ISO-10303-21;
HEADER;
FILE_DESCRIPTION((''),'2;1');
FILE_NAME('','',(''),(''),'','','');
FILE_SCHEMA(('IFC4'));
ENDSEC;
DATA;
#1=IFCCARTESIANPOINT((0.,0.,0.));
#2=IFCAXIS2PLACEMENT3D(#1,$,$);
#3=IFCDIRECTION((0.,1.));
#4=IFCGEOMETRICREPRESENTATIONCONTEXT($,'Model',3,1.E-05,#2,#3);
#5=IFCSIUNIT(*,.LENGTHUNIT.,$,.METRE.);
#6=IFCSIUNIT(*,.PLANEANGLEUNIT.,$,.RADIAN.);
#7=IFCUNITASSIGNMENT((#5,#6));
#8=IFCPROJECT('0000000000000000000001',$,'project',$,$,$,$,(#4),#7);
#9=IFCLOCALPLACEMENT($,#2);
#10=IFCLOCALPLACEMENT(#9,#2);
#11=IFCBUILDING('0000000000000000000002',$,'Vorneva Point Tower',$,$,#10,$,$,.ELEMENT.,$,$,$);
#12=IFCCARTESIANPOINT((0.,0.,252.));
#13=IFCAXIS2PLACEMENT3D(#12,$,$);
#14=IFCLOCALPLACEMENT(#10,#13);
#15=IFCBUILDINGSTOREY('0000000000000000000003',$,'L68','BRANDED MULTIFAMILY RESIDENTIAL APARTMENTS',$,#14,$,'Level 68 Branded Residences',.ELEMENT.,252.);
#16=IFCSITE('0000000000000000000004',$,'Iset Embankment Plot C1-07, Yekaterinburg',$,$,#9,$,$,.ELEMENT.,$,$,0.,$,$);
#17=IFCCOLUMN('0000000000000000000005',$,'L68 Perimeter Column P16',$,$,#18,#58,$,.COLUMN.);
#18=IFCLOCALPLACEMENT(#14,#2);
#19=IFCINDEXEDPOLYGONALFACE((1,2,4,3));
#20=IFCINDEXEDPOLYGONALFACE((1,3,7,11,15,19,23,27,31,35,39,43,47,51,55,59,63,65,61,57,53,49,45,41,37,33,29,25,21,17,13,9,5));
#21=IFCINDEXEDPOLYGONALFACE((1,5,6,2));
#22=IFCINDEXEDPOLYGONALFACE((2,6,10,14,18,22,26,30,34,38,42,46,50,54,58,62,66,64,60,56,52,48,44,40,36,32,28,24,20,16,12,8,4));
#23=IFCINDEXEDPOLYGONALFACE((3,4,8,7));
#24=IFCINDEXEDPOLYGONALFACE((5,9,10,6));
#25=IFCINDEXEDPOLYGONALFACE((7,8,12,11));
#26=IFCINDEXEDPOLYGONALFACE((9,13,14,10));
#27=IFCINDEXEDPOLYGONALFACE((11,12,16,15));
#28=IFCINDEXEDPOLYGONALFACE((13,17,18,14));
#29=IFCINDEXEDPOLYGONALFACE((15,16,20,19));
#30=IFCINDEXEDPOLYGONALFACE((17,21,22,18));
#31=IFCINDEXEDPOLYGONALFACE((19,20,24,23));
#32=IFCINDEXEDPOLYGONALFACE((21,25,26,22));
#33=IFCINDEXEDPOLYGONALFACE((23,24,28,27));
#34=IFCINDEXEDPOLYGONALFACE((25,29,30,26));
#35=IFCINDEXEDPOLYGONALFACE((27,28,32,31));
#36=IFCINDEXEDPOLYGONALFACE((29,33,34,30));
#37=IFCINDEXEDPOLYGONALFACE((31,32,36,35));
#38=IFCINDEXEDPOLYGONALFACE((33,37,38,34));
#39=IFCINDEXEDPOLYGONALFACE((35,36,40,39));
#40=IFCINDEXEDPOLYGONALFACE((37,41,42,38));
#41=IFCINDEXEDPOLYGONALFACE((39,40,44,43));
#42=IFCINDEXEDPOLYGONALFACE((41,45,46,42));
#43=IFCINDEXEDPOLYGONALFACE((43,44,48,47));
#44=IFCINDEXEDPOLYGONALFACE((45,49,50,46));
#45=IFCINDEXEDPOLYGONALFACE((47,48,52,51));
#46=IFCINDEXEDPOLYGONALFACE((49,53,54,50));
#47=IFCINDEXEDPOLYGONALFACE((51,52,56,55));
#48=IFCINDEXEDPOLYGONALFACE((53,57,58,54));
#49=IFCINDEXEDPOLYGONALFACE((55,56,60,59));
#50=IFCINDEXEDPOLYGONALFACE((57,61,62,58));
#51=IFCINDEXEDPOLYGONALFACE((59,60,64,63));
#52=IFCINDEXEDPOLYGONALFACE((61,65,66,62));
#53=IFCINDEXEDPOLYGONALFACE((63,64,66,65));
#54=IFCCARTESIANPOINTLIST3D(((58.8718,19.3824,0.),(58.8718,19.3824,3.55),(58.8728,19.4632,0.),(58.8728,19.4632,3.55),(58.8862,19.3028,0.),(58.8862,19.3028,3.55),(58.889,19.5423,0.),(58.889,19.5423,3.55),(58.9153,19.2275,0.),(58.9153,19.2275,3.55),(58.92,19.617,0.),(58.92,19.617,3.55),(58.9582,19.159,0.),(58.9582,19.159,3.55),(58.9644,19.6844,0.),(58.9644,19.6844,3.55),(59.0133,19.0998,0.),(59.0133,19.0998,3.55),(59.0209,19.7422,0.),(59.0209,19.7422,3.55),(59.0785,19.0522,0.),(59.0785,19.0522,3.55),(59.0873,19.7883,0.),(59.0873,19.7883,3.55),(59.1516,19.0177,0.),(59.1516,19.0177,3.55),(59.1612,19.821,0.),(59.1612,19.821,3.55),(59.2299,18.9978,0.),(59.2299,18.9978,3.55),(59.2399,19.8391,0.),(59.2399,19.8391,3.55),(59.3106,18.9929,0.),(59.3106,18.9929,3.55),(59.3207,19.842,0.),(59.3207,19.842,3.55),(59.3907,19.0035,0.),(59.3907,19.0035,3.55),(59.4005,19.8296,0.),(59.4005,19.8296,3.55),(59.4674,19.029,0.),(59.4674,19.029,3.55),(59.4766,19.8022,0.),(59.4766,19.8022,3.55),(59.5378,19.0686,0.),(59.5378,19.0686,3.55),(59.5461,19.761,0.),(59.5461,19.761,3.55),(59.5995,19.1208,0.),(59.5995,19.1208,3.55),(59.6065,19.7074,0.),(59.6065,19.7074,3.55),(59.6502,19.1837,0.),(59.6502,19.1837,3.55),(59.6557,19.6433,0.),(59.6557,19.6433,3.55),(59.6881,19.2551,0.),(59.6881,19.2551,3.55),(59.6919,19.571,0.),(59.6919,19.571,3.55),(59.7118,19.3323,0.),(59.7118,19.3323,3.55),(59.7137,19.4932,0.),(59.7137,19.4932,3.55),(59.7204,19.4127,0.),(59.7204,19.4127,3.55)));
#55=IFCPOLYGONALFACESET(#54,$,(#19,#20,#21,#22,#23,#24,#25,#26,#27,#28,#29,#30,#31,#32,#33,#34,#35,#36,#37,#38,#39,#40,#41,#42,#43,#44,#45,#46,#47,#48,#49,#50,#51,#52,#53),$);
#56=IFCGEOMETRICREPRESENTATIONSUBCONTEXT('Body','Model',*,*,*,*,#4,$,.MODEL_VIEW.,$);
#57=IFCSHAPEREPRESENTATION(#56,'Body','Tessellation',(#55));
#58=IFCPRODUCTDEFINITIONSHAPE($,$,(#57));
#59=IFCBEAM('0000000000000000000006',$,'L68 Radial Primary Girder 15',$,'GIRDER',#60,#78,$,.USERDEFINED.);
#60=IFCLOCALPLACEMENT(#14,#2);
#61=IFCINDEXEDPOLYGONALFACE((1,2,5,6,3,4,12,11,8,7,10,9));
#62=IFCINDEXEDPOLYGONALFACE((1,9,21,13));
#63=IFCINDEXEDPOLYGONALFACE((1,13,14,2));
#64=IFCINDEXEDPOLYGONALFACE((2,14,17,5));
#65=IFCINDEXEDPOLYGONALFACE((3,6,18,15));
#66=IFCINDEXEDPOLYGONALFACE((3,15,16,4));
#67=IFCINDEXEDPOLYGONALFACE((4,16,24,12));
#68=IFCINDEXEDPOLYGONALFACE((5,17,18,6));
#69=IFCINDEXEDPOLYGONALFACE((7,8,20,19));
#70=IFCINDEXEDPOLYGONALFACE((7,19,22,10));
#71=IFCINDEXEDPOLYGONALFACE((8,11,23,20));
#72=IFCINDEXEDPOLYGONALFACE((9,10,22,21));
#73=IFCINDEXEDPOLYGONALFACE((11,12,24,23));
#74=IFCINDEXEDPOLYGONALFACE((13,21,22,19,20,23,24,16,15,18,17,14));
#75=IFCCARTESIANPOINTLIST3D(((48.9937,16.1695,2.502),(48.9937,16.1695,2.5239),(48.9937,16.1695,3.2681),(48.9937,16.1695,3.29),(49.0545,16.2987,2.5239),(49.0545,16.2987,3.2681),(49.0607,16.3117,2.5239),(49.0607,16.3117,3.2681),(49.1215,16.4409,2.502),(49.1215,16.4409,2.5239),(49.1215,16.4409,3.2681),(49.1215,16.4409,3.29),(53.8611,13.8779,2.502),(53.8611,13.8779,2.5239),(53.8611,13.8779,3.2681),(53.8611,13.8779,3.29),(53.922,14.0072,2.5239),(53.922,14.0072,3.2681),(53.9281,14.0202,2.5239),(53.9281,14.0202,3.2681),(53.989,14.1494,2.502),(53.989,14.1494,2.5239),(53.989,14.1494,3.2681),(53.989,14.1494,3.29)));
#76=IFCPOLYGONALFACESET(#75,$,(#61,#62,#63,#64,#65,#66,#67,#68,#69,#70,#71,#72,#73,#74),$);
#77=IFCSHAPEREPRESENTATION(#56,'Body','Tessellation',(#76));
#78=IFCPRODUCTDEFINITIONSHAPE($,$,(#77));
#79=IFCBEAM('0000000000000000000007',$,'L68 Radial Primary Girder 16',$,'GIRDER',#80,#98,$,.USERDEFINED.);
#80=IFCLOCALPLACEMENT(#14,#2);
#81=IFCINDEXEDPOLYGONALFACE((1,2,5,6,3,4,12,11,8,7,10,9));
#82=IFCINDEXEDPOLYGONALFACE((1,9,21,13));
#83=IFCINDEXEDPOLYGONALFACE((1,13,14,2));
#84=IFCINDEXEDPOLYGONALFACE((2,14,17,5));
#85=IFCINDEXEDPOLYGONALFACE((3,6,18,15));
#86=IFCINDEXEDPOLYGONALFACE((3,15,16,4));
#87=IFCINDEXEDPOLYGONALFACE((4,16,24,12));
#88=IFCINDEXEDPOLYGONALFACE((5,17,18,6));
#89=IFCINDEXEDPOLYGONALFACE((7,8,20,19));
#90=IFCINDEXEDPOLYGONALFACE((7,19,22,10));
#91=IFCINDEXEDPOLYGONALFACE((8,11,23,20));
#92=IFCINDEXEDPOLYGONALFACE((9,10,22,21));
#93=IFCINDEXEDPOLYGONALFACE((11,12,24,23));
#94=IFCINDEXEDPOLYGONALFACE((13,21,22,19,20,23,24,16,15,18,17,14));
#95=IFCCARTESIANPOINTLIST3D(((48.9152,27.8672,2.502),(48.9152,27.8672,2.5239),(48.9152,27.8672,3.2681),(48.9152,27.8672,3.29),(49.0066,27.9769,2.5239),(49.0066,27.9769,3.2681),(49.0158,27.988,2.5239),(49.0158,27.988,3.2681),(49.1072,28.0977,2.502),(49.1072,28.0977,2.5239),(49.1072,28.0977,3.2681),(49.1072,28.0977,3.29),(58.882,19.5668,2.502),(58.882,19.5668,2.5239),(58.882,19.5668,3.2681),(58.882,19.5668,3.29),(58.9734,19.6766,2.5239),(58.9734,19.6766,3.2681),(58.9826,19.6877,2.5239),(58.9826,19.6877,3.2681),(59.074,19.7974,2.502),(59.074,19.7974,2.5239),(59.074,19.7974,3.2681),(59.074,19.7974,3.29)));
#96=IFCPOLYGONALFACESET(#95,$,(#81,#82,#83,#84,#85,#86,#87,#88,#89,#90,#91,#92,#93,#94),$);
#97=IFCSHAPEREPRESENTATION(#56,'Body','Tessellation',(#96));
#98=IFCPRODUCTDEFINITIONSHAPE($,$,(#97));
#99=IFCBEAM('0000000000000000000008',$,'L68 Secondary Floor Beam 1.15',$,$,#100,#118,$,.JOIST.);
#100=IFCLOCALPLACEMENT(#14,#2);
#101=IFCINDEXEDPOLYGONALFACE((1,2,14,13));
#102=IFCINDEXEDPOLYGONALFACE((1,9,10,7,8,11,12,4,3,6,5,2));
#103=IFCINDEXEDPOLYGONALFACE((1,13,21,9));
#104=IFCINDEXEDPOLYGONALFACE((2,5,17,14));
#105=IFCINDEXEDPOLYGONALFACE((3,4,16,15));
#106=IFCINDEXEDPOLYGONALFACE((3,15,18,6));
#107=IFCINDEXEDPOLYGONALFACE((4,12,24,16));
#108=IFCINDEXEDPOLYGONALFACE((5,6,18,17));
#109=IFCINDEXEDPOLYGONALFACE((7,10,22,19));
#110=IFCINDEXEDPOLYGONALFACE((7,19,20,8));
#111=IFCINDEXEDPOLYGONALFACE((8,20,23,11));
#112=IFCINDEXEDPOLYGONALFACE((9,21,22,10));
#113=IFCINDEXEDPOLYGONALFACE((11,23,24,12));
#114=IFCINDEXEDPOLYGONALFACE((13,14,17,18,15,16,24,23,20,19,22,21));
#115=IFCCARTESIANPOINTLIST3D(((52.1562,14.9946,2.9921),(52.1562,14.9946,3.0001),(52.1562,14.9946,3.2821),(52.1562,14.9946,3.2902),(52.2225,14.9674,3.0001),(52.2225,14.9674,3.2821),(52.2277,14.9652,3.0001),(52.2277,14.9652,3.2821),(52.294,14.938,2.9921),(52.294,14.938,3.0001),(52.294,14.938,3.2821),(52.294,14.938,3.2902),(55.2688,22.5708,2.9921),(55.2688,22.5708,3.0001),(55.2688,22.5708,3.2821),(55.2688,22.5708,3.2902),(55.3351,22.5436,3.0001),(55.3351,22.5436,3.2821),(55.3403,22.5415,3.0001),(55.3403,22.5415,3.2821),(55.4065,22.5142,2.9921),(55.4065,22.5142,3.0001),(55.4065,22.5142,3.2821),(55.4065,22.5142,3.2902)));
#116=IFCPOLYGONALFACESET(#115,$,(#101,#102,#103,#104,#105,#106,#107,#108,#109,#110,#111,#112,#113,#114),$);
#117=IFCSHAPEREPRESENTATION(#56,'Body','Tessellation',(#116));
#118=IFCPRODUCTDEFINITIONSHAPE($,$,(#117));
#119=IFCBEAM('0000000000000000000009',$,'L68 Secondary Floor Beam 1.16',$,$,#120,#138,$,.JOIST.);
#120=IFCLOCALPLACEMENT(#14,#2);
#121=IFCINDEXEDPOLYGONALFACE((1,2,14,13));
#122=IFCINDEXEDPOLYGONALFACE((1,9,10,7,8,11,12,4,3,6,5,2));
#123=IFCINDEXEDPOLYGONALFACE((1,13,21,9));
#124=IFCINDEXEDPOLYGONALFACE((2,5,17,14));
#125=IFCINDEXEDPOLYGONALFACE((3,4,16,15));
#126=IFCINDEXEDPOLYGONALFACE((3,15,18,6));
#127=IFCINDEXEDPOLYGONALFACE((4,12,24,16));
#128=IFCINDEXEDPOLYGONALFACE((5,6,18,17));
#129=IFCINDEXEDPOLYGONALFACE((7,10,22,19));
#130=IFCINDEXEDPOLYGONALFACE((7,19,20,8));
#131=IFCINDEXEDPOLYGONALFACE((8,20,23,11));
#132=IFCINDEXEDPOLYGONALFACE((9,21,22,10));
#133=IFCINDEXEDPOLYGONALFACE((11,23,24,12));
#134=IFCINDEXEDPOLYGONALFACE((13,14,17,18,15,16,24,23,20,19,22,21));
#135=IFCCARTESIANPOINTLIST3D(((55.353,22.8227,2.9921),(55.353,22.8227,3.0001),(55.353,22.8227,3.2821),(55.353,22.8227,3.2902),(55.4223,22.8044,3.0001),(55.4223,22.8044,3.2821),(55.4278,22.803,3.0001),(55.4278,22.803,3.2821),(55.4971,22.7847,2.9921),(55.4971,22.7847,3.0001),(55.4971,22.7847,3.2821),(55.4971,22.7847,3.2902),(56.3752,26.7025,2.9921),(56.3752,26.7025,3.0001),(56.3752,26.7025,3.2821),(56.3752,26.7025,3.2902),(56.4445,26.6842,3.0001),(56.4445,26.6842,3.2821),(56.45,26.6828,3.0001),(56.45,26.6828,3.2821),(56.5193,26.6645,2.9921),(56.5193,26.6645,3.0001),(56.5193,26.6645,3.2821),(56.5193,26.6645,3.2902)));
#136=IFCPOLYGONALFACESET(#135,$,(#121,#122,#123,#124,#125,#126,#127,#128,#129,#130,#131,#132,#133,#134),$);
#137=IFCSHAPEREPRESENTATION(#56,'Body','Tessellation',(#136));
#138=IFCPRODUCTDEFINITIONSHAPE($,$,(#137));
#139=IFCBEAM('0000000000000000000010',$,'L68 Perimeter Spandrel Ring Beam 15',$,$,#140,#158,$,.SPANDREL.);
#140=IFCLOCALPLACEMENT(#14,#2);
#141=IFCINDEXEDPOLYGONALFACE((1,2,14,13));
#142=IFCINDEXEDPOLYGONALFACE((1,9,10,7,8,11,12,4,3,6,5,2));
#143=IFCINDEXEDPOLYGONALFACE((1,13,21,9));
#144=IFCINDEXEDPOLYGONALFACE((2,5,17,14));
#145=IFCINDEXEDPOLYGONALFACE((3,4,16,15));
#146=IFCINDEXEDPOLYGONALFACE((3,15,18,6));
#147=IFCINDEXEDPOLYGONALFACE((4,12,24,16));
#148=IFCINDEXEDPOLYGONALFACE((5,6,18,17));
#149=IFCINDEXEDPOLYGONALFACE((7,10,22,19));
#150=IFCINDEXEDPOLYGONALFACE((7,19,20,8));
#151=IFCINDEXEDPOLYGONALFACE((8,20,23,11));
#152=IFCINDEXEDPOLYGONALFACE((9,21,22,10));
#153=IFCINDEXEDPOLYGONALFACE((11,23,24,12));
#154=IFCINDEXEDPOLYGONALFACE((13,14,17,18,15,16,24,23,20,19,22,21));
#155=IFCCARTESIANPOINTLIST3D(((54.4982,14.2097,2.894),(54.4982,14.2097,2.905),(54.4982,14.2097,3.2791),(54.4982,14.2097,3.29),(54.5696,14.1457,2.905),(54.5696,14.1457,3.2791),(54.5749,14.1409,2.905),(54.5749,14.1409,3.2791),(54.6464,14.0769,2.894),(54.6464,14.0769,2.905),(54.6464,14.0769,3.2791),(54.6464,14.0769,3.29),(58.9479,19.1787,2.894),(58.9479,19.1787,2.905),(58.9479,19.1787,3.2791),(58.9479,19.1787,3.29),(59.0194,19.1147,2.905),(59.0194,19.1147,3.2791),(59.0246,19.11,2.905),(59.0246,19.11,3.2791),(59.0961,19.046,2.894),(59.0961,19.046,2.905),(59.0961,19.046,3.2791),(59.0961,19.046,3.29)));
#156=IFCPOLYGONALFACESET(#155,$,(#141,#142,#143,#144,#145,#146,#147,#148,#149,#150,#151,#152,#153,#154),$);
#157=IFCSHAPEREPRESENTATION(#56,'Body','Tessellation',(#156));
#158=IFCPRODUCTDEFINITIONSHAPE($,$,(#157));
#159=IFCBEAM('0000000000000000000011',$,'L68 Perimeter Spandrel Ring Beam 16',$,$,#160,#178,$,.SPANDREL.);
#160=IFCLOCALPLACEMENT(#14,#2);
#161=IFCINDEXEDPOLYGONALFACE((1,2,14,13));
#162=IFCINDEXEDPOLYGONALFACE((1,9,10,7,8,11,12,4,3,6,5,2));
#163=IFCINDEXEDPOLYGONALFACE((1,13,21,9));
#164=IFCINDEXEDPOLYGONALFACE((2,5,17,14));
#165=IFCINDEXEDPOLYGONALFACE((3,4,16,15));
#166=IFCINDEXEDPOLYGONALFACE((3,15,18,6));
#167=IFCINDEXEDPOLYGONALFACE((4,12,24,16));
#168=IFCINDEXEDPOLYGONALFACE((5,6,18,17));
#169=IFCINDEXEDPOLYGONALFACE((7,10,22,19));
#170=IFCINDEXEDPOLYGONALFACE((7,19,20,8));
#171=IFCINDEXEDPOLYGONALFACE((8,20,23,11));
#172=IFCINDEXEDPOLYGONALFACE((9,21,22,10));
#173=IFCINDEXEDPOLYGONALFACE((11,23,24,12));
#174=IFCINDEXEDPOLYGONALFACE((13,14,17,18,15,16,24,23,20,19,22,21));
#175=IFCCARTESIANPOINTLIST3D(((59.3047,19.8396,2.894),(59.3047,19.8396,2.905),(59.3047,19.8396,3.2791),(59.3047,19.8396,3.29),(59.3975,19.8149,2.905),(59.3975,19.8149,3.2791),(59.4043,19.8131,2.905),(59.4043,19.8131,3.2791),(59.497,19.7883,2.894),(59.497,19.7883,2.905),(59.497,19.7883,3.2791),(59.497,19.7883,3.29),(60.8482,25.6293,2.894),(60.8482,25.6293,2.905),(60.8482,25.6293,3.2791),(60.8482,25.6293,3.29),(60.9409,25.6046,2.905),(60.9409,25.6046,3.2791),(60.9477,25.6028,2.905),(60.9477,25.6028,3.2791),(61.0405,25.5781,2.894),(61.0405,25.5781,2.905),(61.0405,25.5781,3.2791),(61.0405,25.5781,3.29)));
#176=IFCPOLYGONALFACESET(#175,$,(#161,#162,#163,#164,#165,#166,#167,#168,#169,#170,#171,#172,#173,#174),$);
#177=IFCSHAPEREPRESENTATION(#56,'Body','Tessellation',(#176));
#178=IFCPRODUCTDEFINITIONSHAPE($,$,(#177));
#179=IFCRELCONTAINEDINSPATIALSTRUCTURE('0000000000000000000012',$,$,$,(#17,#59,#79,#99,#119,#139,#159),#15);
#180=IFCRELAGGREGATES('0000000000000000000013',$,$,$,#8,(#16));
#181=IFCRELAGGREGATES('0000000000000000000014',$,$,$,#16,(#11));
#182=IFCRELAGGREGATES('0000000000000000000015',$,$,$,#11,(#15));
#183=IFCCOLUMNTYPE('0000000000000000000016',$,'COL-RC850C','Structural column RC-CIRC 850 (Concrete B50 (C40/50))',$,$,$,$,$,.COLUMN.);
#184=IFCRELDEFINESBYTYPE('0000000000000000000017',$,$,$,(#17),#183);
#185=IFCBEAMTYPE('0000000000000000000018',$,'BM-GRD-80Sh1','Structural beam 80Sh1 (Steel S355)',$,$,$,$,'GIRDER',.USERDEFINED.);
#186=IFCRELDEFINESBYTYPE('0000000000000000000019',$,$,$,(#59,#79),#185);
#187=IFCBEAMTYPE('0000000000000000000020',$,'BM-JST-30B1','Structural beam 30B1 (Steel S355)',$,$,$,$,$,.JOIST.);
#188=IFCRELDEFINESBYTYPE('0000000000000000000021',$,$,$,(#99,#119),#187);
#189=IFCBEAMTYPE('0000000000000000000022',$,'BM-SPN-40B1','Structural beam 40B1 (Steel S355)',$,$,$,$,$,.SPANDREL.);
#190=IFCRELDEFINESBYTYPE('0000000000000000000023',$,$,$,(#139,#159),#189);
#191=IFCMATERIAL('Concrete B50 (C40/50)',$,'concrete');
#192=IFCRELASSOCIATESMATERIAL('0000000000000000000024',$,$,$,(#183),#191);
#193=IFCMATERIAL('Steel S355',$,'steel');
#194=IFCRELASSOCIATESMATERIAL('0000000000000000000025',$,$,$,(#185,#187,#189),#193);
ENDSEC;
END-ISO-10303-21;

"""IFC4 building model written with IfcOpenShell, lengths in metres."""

from ifc_helpers import new_model, si_unit, direction, frame, origin, origin_2d, place, context, subcontext, project, spatial, circle, i_section, extrude, material, material_profile, profile_set, type_object, element, save


model = new_model("IFC4")

# Units and contexts
model_context = context("Model", 3, precision=1e-05, world=origin(), true_north=direction((0.0, 1.0)))
body_context = subcontext(model_context, "Body", "Model", "MODEL_VIEW")
ifc_project = project(units=[si_unit("LENGTHUNIT", "METRE"), si_unit("PLANEANGLEUNIT", "RADIAN")], contexts=[model_context])

# Site, building, storey
site_placement = place(None, origin())
site = spatial("IfcSite", under=ifc_project, at=site_placement, Name="Iset Embankment Plot C1-07, Yekaterinburg", CompositionType="ELEMENT", RefElevation=0.0)
building_placement = place(site_placement, origin())
building = spatial("IfcBuilding", under=site, at=building_placement, Name="Vorneva Point Tower", CompositionType="ELEMENT")
storey_placement = place(building_placement, frame((0.0, 0.0, 252.0)))
storey = spatial("IfcBuildingStorey", under=building, at=storey_placement, Name="L68", Description="BRANDED MULTIFAMILY RESIDENTIAL APARTMENTS", LongName="Level 68 Branded Residences", CompositionType="ELEMENT", Elevation=252.0)

# Column
ifc_material_1 = material(Name="Concrete B50 (C40/50)", Category="concrete")
ifc_material_profile_1 = material_profile(ifc_material_1, circle(Radius=0.425, at=origin_2d()), Name="RC-CIRC 850")
ifc_profile_set_1 = profile_set([ifc_material_profile_1], Name="Concrete B50 (C40/50)")
column_type = type_object("IfcColumnType", Name="COL-RC850C", Description="Structural column RC-CIRC 850 (Concrete B50 (C40/50))", PredefinedType="COLUMN", material=ifc_profile_set_1)
for number, where, z_axis, x_axis, name in (
    (1, (59.2954, 19.4177, 0.0), (0.0, 0.0, 1.0), (0.92388, -0.382683, 0.0), "L68 Perimeter Column P16"),
):
    element("IfcColumn", number, at=place(storey_placement, frame(where, z_axis=z_axis, x_axis=x_axis)), inside=storey, type_object=column_type, Name=name, PredefinedType="COLUMN", context=body_context, shape_type="SweptSolid", body=[
        extrude(circle(Radius=0.425, at=origin_2d()), origin(), (0.0, 0.0, 1.0), 3.55),
    ])

# Beams
ifc_material_2 = material(Name="Steel S355", Category="steel")
ifc_material_profile_2 = material_profile(ifc_material_2, i_section(OverallWidth=0.3, OverallDepth=0.7881, WebThickness=0.0144, FlangeThickness=0.022, at=origin_2d()), Name="80Sh1")
ifc_profile_set_2 = profile_set([ifc_material_profile_2], Name="Steel S355")
beam_type_1 = type_object("IfcBeamType", Name="BM-GRD-80Sh1", Description="Structural beam 80Sh1 (Steel S355)", ElementType="GIRDER", PredefinedType="USERDEFINED", material=ifc_profile_set_2)
beam_1_placement = place(storey_placement, frame((53.925, 14.0137, 2.896), z_axis=(-0.904751, 0.425941, 0.0), x_axis=(-0.425941, -0.904751, 0.0)))
element("IfcBeam", 2, at=beam_1_placement, inside=storey, type_object=beam_type_1, Name="L68 Radial Primary Girder 15", ObjectType="GIRDER", PredefinedType="USERDEFINED", context=body_context, shape_type="SweptSolid", body=[
    extrude(i_section(OverallWidth=0.3, OverallDepth=0.7881, WebThickness=0.0144, FlangeThickness=0.022, at=origin_2d()), origin(), (0.0, 0.0, 1.0), 5.3799),
])
beam_2_placement = place(storey_placement, frame((58.978, 19.6821, 2.896), z_axis=(-0.768425, 0.63994, 0.0), x_axis=(-0.63994, -0.768425, 0.0)))
element("IfcBeam", 3, at=beam_2_placement, inside=storey, type_object=beam_type_1, Name="L68 Radial Primary Girder 16", ObjectType="GIRDER", PredefinedType="USERDEFINED", context=body_context, shape_type="SweptSolid", body=[
    extrude(i_section(OverallWidth=0.3, OverallDepth=0.7881, WebThickness=0.0144, FlangeThickness=0.022, at=origin_2d()), origin(), (0.0, 0.0, 1.0), 12.9705),
])
ifc_material_profile_3 = material_profile(ifc_material_2, i_section(OverallWidth=0.1489, OverallDepth=0.2981, WebThickness=0.0056, FlangeThickness=0.0081, at=origin_2d()), Name="30B1")
ifc_profile_set_3 = profile_set([ifc_material_profile_3], Name="Steel S355")
beam_type_2 = type_object("IfcBeamType", Name="BM-JST-30B1", Description="Structural beam 30B1 (Steel S355)", PredefinedType="JOIST", material=ifc_profile_set_3)
beam_3_placement = place(storey_placement, frame((52.2251, 14.9663, 3.1411), z_axis=(0.380014, 0.924981, 0.0), x_axis=(-0.924981, 0.380014, 0.0)))
element("IfcBeam", 4, at=beam_3_placement, inside=storey, type_object=beam_type_2, Name="L68 Secondary Floor Beam 1.15", PredefinedType="JOIST", context=body_context, shape_type="SweptSolid", body=[
    extrude(i_section(OverallWidth=0.1489, OverallDepth=0.2981, WebThickness=0.0056, FlangeThickness=0.0081, at=origin_2d()), origin(), (0.0, 0.0, 1.0), 8.1907),
])
beam_4_placement = place(storey_placement, frame((55.425, 22.8037, 3.1411), z_axis=(0.254772, 0.967001, 0.0), x_axis=(-0.967001, 0.254772, 0.0)))
element("IfcBeam", 5, at=beam_4_placement, inside=storey, type_object=beam_type_2, Name="L68 Secondary Floor Beam 1.16", PredefinedType="JOIST", context=body_context, shape_type="SweptSolid", body=[
    extrude(i_section(OverallWidth=0.1489, OverallDepth=0.2981, WebThickness=0.0056, FlangeThickness=0.0081, at=origin_2d()), origin(), (0.0, 0.0, 1.0), 4.0122),
])
ifc_material_profile_4 = material_profile(ifc_material_2, i_section(OverallWidth=0.199, OverallDepth=0.396, WebThickness=0.0071, FlangeThickness=0.011, at=origin_2d()), Name="40B1")
ifc_profile_set_4 = profile_set([ifc_material_profile_4], Name="Steel S355")
beam_type_3 = type_object("IfcBeamType", Name="BM-SPN-40B1", Description="Structural beam 40B1 (Steel S355)", PredefinedType="SPANDREL", material=ifc_profile_set_4)
beam_5_placement = place(storey_placement, frame((54.5723, 14.1433, 3.092), z_axis=(0.667108, 0.744961, 0.0), x_axis=(-0.744961, 0.667108, 0.0)))
element("IfcBeam", 6, at=beam_5_placement, inside=storey, type_object=beam_type_3, Name="L68 Perimeter Spandrel Ring Beam 15", PredefinedType="SPANDREL", context=body_context, shape_type="SweptSolid", body=[
    extrude(i_section(OverallWidth=0.199, OverallDepth=0.396, WebThickness=0.0071, FlangeThickness=0.011, at=origin_2d()), origin(), (0.0, 0.0, 1.0), 6.6702),
])
beam_6_placement = place(storey_placement, frame((59.4009, 19.814, 3.092), z_axis=(0.257587, 0.966255, 0.0), x_axis=(-0.966255, 0.257587, 0.0)))
element("IfcBeam", 7, at=beam_6_placement, inside=storey, type_object=beam_type_3, Name="L68 Perimeter Spandrel Ring Beam 16", PredefinedType="SPANDREL", context=body_context, shape_type="SweptSolid", body=[
    extrude(i_section(OverallWidth=0.199, OverallDepth=0.396, WebThickness=0.0071, FlangeThickness=0.011, at=origin_2d()), origin(), (0.0, 0.0, 1.0), 5.9919),
])

save(model, "model.ifc")
